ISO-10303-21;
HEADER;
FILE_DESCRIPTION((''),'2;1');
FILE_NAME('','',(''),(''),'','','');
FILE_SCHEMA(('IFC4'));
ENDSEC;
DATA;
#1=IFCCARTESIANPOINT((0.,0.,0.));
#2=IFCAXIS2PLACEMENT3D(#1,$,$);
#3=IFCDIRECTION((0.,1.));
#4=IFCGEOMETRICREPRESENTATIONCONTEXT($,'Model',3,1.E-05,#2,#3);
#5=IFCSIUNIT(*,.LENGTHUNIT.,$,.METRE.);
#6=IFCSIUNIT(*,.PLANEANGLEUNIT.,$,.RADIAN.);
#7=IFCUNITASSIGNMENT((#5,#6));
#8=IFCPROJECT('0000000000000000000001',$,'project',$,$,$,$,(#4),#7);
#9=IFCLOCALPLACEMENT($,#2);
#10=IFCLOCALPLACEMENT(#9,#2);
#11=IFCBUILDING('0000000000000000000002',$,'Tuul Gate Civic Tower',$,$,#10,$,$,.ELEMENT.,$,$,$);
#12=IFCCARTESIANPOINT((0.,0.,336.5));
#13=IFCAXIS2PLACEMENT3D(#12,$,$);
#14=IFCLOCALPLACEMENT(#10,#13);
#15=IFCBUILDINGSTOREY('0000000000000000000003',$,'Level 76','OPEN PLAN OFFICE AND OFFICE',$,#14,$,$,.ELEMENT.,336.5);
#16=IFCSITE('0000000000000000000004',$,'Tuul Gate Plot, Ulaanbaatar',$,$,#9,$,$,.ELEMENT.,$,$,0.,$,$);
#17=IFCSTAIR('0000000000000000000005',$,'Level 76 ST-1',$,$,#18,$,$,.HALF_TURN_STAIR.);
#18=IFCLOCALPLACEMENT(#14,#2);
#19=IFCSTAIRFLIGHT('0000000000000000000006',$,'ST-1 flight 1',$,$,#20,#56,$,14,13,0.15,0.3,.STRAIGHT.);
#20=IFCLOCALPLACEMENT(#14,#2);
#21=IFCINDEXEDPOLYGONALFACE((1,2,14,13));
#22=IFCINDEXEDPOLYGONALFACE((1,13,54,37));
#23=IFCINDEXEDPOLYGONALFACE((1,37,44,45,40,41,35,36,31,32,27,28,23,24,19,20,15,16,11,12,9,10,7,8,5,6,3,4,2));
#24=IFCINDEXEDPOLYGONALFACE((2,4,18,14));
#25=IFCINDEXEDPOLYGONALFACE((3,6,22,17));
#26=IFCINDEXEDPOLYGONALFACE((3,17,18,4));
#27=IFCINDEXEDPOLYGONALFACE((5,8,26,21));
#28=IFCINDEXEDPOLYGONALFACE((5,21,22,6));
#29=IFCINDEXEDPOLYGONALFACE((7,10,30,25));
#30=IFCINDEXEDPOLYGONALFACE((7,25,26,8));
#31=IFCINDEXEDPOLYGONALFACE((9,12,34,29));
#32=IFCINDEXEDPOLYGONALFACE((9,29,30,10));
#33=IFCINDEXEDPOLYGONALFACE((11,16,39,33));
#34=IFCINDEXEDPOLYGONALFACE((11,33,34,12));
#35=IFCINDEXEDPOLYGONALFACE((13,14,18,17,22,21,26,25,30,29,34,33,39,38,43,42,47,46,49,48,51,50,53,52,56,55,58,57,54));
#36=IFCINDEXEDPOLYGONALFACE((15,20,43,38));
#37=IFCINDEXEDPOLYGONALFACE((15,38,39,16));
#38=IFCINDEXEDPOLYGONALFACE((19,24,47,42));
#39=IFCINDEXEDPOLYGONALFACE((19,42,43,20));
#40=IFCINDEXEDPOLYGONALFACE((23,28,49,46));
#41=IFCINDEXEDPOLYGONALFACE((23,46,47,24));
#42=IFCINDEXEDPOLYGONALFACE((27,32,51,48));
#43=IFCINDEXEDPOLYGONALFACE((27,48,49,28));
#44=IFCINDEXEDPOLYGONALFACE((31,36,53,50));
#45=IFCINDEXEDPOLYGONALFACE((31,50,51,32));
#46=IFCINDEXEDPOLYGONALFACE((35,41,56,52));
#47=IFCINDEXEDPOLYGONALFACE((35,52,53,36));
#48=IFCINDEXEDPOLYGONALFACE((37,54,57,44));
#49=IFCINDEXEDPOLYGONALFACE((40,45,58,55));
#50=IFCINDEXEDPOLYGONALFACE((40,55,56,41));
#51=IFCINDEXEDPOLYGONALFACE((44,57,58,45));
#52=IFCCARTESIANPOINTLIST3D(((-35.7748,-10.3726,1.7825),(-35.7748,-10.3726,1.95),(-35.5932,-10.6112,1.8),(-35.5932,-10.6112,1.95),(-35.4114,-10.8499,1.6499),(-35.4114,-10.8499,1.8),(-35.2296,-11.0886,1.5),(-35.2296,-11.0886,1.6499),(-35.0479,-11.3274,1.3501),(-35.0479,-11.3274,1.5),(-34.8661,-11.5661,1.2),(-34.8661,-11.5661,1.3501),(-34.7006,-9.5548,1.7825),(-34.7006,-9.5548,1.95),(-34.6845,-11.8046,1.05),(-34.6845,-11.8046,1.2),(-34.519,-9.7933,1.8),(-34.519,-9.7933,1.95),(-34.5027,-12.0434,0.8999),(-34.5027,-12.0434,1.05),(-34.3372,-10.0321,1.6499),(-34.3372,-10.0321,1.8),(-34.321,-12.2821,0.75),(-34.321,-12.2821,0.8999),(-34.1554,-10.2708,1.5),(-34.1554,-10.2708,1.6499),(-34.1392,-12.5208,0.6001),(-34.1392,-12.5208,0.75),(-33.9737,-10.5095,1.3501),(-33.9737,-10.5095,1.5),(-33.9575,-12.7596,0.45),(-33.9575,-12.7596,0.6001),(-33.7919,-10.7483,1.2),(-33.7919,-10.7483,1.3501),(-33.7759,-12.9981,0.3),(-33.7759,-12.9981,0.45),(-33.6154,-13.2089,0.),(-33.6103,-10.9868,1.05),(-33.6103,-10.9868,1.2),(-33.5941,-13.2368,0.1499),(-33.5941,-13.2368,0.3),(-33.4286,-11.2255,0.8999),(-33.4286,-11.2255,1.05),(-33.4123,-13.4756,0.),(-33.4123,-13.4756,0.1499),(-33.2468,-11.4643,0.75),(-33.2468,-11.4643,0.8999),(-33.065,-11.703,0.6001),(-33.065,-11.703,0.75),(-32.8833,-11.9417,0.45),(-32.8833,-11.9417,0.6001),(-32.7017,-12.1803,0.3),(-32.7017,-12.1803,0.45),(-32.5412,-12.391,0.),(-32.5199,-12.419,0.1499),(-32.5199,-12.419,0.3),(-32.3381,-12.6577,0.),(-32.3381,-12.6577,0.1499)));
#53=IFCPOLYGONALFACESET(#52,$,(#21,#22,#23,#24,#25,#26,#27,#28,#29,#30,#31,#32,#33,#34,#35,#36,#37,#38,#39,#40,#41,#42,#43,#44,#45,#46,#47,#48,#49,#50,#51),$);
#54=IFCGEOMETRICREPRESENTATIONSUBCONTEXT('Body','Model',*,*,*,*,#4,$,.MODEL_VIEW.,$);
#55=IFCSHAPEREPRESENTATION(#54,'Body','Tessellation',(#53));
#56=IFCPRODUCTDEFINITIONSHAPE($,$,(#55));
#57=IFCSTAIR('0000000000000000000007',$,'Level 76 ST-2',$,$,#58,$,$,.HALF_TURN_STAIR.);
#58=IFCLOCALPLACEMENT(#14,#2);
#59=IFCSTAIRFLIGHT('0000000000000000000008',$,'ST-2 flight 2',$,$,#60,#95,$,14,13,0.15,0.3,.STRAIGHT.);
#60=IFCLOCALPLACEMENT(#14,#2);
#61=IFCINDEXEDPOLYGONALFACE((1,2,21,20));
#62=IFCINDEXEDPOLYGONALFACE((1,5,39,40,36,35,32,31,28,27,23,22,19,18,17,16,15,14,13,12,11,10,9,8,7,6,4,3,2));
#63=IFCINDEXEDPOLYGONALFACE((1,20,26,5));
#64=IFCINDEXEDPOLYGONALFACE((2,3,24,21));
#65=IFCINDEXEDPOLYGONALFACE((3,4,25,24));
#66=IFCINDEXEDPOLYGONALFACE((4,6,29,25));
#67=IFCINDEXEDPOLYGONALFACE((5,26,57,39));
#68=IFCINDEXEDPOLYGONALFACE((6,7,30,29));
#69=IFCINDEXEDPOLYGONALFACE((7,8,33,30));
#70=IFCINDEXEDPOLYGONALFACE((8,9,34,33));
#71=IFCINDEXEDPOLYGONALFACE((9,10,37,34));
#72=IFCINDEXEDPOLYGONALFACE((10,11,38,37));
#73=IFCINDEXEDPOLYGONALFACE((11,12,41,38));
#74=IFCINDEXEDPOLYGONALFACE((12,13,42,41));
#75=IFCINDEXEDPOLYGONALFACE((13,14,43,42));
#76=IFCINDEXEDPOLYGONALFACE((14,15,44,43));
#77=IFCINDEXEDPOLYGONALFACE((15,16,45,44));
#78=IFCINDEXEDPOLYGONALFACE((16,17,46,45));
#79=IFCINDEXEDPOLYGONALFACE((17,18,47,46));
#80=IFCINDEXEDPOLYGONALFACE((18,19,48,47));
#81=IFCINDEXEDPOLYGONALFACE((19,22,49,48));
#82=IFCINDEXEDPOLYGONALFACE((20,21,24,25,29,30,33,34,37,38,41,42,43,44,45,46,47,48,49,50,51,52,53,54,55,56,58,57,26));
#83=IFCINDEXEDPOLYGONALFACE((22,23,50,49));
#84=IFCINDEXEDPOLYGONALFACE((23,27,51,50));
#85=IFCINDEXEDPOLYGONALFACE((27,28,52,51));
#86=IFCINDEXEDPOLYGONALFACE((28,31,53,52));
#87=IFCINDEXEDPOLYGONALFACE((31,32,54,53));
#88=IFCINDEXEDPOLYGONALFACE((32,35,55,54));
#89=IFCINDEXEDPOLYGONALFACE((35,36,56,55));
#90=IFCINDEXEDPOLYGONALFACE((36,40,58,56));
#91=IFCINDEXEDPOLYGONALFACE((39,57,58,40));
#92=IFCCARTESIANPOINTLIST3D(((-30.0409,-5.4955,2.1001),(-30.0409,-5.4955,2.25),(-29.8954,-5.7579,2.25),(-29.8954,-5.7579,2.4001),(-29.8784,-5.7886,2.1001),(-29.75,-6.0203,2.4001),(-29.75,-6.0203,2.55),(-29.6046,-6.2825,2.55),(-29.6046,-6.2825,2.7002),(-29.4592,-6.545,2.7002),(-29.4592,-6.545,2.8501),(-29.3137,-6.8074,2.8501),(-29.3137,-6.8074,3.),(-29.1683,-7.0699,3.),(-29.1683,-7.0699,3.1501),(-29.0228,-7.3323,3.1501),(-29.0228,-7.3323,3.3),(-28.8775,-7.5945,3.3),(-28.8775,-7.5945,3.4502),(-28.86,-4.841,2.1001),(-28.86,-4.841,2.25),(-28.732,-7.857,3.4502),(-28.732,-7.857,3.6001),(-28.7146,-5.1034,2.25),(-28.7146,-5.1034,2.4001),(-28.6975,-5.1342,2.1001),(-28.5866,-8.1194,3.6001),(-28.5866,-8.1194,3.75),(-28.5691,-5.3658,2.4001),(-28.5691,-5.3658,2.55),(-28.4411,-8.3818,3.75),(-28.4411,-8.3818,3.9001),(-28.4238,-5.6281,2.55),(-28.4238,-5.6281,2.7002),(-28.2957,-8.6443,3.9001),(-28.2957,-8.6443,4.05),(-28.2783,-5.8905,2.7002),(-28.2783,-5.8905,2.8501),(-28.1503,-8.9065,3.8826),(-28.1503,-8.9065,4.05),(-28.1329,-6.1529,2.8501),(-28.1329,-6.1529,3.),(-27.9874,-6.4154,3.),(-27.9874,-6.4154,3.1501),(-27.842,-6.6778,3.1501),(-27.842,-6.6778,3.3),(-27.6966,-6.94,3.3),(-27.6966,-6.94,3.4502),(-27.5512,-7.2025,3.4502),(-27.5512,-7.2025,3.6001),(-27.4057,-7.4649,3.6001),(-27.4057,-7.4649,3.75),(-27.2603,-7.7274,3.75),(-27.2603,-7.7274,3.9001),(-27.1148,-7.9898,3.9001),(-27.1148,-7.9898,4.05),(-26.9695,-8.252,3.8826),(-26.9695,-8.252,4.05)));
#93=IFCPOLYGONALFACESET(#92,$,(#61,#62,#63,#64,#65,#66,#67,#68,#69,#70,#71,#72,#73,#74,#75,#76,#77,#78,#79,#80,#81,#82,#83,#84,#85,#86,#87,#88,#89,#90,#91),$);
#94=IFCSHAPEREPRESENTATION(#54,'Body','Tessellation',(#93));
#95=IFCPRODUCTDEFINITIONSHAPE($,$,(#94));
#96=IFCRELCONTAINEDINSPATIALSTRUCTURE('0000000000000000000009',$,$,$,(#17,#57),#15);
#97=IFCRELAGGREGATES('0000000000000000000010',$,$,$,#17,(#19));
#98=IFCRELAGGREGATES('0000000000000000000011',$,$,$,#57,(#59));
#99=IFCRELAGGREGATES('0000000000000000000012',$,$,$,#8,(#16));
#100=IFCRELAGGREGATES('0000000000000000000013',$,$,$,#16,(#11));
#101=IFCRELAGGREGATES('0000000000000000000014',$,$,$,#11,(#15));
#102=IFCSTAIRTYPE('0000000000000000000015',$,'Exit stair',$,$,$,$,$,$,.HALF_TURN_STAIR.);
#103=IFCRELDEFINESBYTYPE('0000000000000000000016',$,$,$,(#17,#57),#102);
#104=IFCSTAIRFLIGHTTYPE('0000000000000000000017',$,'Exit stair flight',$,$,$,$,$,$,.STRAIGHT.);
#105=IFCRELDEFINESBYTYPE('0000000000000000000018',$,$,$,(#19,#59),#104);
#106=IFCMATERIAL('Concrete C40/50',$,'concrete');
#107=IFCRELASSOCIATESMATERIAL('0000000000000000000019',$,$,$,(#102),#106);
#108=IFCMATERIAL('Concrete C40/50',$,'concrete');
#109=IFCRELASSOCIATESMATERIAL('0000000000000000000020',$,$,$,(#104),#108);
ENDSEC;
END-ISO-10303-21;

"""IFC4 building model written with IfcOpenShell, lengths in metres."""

from ifc_helpers import new_model, si_unit, direction, frame, origin, place, context, subcontext, project, spatial, polyline, outline, extrude, material, type_object, element, aggregate, save


model = new_model("IFC4")

# Units and contexts
model_context = context("Model", 3, precision=1e-05, world=origin(), true_north=direction((0.0, 1.0)))
body_context = subcontext(model_context, "Body", "Model", "MODEL_VIEW")
ifc_project = project(units=[si_unit("LENGTHUNIT", "METRE"), si_unit("PLANEANGLEUNIT", "RADIAN")], contexts=[model_context])

# Site, building, storey
site_placement = place(None, origin())
site = spatial("IfcSite", under=ifc_project, at=site_placement, Name="Tuul Gate Plot, Ulaanbaatar", CompositionType="ELEMENT", RefElevation=0.0)
building_placement = place(site_placement, origin())
building = spatial("IfcBuilding", under=site, at=building_placement, Name="Tuul Gate Civic Tower", CompositionType="ELEMENT")
storey_placement = place(building_placement, frame((0.0, 0.0, 336.5)))
storey = spatial("IfcBuildingStorey", under=building, at=storey_placement, Name="Level 76", Description="OPEN PLAN OFFICE AND OFFICE", CompositionType="ELEMENT", Elevation=336.5)

# Stairs, stair flights
ifc_material_1 = material(Name="Concrete C40/50", Category="concrete")
stair_type = type_object("IfcStairType", Name="Exit stair", PredefinedType="HALF_TURN_STAIR", material=ifc_material_1)
stair_1_placement = place(storey_placement, origin())
stair_1 = element("IfcStair", 1, at=stair_1_placement, inside=storey, type_object=stair_type, Name="Level 76 ST-1", PredefinedType="HALF_TURN_STAIR")
ifc_material_2 = material(Name="Concrete C40/50", Category="concrete")
stair_flight_type = type_object("IfcStairFlightType", Name="Exit stair flight", PredefinedType="STRAIGHT", material=ifc_material_2)
stair_flight_1_placement = place(storey_placement, frame((-32.8752, -13.0667, 0.0), z_axis=(0.0, 0.0, 1.0), x_axis=(-0.605764, 0.795644, 0.0)))
stair_flight_1 = element("IfcStairFlight", 2, at=stair_flight_1_placement, type_object=stair_flight_type, Name="ST-1 flight 1", NumberOfRisers=14, NumberOfTreads=13, PredefinedType="STRAIGHT", RiserHeight=0.15, TreadLength=0.3, context=body_context, shape_type="SweptSolid", body=[
    extrude(outline(polyline([(0.0, 0.0), (0.0, 0.1499), (0.3, 0.1499), (0.3, 0.3), (0.6001, 0.3), (0.6001, 0.45), (0.8999, 0.45), (0.8999, 0.6001), (1.2, 0.6001), (1.2, 0.75), (1.5, 0.75), (1.5, 0.8999), (1.8, 0.8999), (1.8, 1.05), (2.1001, 1.05), (2.1001, 1.2), (2.3999, 1.2), (2.3999, 1.3501), (2.7, 1.3501), (2.7, 1.5), (3.0, 1.5), (3.0, 1.6499), (3.3, 1.6499), (3.3, 1.8), (3.6001, 1.8), (3.6001, 1.95), (3.8999, 1.95), (3.8999, 2.1001), (3.8999, 1.7825), (0.3352, 0.0), (0.0, 0.0)])), frame((0.0, 0.675, 0.0), z_axis=(0.0, -1.0, 0.0), x_axis=(1.0, 0.0, 0.0)), (0.0, 0.0, 1.0), 1.3501),
])
aggregate(stair_1, [stair_flight_1])
stair_2_placement = place(storey_placement, origin())
stair_2 = element("IfcStair", 3, at=stair_2_placement, inside=storey, type_object=stair_type, Name="Level 76 ST-2", PredefinedType="HALF_TURN_STAIR")
stair_flight_2_placement = place(storey_placement, frame((-29.4504, -5.1682, 2.1001), z_axis=(0.0, 0.0, 1.0), x_axis=(0.484762, -0.874646, 0.0)))
stair_flight_2 = element("IfcStairFlight", 4, at=stair_flight_2_placement, type_object=stair_flight_type, Name="ST-2 flight 2", NumberOfRisers=14, NumberOfTreads=13, PredefinedType="STRAIGHT", RiserHeight=0.15, TreadLength=0.3, context=body_context, shape_type="SweptSolid", body=[
    extrude(outline(polyline([(0.0, 0.0), (0.0, 0.1499), (0.3, 0.1499), (0.3, 0.3), (0.6001, 0.3), (0.6001, 0.45), (0.8999, 0.45), (0.8999, 0.6001), (1.2, 0.6001), (1.2, 0.75), (1.5, 0.75), (1.5, 0.8999), (1.8, 0.8999), (1.8, 1.05), (2.1001, 1.05), (2.1001, 1.2), (2.3999, 1.2), (2.3999, 1.3501), (2.7, 1.3501), (2.7, 1.5), (3.0, 1.5), (3.0, 1.6499), (3.3, 1.6499), (3.3, 1.8), (3.6001, 1.8), (3.6001, 1.95), (3.8999, 1.95), (3.8999, 2.1001), (3.8999, 1.7825), (0.3352, 0.0), (0.0, 0.0)])), frame((0.0, 0.675, 0.0), z_axis=(0.0, -1.0, 0.0), x_axis=(1.0, 0.0, 0.0)), (0.0, 0.0, 1.0), 1.3501),
])
aggregate(stair_2, [stair_flight_2])

save(model, "model.ifc")
